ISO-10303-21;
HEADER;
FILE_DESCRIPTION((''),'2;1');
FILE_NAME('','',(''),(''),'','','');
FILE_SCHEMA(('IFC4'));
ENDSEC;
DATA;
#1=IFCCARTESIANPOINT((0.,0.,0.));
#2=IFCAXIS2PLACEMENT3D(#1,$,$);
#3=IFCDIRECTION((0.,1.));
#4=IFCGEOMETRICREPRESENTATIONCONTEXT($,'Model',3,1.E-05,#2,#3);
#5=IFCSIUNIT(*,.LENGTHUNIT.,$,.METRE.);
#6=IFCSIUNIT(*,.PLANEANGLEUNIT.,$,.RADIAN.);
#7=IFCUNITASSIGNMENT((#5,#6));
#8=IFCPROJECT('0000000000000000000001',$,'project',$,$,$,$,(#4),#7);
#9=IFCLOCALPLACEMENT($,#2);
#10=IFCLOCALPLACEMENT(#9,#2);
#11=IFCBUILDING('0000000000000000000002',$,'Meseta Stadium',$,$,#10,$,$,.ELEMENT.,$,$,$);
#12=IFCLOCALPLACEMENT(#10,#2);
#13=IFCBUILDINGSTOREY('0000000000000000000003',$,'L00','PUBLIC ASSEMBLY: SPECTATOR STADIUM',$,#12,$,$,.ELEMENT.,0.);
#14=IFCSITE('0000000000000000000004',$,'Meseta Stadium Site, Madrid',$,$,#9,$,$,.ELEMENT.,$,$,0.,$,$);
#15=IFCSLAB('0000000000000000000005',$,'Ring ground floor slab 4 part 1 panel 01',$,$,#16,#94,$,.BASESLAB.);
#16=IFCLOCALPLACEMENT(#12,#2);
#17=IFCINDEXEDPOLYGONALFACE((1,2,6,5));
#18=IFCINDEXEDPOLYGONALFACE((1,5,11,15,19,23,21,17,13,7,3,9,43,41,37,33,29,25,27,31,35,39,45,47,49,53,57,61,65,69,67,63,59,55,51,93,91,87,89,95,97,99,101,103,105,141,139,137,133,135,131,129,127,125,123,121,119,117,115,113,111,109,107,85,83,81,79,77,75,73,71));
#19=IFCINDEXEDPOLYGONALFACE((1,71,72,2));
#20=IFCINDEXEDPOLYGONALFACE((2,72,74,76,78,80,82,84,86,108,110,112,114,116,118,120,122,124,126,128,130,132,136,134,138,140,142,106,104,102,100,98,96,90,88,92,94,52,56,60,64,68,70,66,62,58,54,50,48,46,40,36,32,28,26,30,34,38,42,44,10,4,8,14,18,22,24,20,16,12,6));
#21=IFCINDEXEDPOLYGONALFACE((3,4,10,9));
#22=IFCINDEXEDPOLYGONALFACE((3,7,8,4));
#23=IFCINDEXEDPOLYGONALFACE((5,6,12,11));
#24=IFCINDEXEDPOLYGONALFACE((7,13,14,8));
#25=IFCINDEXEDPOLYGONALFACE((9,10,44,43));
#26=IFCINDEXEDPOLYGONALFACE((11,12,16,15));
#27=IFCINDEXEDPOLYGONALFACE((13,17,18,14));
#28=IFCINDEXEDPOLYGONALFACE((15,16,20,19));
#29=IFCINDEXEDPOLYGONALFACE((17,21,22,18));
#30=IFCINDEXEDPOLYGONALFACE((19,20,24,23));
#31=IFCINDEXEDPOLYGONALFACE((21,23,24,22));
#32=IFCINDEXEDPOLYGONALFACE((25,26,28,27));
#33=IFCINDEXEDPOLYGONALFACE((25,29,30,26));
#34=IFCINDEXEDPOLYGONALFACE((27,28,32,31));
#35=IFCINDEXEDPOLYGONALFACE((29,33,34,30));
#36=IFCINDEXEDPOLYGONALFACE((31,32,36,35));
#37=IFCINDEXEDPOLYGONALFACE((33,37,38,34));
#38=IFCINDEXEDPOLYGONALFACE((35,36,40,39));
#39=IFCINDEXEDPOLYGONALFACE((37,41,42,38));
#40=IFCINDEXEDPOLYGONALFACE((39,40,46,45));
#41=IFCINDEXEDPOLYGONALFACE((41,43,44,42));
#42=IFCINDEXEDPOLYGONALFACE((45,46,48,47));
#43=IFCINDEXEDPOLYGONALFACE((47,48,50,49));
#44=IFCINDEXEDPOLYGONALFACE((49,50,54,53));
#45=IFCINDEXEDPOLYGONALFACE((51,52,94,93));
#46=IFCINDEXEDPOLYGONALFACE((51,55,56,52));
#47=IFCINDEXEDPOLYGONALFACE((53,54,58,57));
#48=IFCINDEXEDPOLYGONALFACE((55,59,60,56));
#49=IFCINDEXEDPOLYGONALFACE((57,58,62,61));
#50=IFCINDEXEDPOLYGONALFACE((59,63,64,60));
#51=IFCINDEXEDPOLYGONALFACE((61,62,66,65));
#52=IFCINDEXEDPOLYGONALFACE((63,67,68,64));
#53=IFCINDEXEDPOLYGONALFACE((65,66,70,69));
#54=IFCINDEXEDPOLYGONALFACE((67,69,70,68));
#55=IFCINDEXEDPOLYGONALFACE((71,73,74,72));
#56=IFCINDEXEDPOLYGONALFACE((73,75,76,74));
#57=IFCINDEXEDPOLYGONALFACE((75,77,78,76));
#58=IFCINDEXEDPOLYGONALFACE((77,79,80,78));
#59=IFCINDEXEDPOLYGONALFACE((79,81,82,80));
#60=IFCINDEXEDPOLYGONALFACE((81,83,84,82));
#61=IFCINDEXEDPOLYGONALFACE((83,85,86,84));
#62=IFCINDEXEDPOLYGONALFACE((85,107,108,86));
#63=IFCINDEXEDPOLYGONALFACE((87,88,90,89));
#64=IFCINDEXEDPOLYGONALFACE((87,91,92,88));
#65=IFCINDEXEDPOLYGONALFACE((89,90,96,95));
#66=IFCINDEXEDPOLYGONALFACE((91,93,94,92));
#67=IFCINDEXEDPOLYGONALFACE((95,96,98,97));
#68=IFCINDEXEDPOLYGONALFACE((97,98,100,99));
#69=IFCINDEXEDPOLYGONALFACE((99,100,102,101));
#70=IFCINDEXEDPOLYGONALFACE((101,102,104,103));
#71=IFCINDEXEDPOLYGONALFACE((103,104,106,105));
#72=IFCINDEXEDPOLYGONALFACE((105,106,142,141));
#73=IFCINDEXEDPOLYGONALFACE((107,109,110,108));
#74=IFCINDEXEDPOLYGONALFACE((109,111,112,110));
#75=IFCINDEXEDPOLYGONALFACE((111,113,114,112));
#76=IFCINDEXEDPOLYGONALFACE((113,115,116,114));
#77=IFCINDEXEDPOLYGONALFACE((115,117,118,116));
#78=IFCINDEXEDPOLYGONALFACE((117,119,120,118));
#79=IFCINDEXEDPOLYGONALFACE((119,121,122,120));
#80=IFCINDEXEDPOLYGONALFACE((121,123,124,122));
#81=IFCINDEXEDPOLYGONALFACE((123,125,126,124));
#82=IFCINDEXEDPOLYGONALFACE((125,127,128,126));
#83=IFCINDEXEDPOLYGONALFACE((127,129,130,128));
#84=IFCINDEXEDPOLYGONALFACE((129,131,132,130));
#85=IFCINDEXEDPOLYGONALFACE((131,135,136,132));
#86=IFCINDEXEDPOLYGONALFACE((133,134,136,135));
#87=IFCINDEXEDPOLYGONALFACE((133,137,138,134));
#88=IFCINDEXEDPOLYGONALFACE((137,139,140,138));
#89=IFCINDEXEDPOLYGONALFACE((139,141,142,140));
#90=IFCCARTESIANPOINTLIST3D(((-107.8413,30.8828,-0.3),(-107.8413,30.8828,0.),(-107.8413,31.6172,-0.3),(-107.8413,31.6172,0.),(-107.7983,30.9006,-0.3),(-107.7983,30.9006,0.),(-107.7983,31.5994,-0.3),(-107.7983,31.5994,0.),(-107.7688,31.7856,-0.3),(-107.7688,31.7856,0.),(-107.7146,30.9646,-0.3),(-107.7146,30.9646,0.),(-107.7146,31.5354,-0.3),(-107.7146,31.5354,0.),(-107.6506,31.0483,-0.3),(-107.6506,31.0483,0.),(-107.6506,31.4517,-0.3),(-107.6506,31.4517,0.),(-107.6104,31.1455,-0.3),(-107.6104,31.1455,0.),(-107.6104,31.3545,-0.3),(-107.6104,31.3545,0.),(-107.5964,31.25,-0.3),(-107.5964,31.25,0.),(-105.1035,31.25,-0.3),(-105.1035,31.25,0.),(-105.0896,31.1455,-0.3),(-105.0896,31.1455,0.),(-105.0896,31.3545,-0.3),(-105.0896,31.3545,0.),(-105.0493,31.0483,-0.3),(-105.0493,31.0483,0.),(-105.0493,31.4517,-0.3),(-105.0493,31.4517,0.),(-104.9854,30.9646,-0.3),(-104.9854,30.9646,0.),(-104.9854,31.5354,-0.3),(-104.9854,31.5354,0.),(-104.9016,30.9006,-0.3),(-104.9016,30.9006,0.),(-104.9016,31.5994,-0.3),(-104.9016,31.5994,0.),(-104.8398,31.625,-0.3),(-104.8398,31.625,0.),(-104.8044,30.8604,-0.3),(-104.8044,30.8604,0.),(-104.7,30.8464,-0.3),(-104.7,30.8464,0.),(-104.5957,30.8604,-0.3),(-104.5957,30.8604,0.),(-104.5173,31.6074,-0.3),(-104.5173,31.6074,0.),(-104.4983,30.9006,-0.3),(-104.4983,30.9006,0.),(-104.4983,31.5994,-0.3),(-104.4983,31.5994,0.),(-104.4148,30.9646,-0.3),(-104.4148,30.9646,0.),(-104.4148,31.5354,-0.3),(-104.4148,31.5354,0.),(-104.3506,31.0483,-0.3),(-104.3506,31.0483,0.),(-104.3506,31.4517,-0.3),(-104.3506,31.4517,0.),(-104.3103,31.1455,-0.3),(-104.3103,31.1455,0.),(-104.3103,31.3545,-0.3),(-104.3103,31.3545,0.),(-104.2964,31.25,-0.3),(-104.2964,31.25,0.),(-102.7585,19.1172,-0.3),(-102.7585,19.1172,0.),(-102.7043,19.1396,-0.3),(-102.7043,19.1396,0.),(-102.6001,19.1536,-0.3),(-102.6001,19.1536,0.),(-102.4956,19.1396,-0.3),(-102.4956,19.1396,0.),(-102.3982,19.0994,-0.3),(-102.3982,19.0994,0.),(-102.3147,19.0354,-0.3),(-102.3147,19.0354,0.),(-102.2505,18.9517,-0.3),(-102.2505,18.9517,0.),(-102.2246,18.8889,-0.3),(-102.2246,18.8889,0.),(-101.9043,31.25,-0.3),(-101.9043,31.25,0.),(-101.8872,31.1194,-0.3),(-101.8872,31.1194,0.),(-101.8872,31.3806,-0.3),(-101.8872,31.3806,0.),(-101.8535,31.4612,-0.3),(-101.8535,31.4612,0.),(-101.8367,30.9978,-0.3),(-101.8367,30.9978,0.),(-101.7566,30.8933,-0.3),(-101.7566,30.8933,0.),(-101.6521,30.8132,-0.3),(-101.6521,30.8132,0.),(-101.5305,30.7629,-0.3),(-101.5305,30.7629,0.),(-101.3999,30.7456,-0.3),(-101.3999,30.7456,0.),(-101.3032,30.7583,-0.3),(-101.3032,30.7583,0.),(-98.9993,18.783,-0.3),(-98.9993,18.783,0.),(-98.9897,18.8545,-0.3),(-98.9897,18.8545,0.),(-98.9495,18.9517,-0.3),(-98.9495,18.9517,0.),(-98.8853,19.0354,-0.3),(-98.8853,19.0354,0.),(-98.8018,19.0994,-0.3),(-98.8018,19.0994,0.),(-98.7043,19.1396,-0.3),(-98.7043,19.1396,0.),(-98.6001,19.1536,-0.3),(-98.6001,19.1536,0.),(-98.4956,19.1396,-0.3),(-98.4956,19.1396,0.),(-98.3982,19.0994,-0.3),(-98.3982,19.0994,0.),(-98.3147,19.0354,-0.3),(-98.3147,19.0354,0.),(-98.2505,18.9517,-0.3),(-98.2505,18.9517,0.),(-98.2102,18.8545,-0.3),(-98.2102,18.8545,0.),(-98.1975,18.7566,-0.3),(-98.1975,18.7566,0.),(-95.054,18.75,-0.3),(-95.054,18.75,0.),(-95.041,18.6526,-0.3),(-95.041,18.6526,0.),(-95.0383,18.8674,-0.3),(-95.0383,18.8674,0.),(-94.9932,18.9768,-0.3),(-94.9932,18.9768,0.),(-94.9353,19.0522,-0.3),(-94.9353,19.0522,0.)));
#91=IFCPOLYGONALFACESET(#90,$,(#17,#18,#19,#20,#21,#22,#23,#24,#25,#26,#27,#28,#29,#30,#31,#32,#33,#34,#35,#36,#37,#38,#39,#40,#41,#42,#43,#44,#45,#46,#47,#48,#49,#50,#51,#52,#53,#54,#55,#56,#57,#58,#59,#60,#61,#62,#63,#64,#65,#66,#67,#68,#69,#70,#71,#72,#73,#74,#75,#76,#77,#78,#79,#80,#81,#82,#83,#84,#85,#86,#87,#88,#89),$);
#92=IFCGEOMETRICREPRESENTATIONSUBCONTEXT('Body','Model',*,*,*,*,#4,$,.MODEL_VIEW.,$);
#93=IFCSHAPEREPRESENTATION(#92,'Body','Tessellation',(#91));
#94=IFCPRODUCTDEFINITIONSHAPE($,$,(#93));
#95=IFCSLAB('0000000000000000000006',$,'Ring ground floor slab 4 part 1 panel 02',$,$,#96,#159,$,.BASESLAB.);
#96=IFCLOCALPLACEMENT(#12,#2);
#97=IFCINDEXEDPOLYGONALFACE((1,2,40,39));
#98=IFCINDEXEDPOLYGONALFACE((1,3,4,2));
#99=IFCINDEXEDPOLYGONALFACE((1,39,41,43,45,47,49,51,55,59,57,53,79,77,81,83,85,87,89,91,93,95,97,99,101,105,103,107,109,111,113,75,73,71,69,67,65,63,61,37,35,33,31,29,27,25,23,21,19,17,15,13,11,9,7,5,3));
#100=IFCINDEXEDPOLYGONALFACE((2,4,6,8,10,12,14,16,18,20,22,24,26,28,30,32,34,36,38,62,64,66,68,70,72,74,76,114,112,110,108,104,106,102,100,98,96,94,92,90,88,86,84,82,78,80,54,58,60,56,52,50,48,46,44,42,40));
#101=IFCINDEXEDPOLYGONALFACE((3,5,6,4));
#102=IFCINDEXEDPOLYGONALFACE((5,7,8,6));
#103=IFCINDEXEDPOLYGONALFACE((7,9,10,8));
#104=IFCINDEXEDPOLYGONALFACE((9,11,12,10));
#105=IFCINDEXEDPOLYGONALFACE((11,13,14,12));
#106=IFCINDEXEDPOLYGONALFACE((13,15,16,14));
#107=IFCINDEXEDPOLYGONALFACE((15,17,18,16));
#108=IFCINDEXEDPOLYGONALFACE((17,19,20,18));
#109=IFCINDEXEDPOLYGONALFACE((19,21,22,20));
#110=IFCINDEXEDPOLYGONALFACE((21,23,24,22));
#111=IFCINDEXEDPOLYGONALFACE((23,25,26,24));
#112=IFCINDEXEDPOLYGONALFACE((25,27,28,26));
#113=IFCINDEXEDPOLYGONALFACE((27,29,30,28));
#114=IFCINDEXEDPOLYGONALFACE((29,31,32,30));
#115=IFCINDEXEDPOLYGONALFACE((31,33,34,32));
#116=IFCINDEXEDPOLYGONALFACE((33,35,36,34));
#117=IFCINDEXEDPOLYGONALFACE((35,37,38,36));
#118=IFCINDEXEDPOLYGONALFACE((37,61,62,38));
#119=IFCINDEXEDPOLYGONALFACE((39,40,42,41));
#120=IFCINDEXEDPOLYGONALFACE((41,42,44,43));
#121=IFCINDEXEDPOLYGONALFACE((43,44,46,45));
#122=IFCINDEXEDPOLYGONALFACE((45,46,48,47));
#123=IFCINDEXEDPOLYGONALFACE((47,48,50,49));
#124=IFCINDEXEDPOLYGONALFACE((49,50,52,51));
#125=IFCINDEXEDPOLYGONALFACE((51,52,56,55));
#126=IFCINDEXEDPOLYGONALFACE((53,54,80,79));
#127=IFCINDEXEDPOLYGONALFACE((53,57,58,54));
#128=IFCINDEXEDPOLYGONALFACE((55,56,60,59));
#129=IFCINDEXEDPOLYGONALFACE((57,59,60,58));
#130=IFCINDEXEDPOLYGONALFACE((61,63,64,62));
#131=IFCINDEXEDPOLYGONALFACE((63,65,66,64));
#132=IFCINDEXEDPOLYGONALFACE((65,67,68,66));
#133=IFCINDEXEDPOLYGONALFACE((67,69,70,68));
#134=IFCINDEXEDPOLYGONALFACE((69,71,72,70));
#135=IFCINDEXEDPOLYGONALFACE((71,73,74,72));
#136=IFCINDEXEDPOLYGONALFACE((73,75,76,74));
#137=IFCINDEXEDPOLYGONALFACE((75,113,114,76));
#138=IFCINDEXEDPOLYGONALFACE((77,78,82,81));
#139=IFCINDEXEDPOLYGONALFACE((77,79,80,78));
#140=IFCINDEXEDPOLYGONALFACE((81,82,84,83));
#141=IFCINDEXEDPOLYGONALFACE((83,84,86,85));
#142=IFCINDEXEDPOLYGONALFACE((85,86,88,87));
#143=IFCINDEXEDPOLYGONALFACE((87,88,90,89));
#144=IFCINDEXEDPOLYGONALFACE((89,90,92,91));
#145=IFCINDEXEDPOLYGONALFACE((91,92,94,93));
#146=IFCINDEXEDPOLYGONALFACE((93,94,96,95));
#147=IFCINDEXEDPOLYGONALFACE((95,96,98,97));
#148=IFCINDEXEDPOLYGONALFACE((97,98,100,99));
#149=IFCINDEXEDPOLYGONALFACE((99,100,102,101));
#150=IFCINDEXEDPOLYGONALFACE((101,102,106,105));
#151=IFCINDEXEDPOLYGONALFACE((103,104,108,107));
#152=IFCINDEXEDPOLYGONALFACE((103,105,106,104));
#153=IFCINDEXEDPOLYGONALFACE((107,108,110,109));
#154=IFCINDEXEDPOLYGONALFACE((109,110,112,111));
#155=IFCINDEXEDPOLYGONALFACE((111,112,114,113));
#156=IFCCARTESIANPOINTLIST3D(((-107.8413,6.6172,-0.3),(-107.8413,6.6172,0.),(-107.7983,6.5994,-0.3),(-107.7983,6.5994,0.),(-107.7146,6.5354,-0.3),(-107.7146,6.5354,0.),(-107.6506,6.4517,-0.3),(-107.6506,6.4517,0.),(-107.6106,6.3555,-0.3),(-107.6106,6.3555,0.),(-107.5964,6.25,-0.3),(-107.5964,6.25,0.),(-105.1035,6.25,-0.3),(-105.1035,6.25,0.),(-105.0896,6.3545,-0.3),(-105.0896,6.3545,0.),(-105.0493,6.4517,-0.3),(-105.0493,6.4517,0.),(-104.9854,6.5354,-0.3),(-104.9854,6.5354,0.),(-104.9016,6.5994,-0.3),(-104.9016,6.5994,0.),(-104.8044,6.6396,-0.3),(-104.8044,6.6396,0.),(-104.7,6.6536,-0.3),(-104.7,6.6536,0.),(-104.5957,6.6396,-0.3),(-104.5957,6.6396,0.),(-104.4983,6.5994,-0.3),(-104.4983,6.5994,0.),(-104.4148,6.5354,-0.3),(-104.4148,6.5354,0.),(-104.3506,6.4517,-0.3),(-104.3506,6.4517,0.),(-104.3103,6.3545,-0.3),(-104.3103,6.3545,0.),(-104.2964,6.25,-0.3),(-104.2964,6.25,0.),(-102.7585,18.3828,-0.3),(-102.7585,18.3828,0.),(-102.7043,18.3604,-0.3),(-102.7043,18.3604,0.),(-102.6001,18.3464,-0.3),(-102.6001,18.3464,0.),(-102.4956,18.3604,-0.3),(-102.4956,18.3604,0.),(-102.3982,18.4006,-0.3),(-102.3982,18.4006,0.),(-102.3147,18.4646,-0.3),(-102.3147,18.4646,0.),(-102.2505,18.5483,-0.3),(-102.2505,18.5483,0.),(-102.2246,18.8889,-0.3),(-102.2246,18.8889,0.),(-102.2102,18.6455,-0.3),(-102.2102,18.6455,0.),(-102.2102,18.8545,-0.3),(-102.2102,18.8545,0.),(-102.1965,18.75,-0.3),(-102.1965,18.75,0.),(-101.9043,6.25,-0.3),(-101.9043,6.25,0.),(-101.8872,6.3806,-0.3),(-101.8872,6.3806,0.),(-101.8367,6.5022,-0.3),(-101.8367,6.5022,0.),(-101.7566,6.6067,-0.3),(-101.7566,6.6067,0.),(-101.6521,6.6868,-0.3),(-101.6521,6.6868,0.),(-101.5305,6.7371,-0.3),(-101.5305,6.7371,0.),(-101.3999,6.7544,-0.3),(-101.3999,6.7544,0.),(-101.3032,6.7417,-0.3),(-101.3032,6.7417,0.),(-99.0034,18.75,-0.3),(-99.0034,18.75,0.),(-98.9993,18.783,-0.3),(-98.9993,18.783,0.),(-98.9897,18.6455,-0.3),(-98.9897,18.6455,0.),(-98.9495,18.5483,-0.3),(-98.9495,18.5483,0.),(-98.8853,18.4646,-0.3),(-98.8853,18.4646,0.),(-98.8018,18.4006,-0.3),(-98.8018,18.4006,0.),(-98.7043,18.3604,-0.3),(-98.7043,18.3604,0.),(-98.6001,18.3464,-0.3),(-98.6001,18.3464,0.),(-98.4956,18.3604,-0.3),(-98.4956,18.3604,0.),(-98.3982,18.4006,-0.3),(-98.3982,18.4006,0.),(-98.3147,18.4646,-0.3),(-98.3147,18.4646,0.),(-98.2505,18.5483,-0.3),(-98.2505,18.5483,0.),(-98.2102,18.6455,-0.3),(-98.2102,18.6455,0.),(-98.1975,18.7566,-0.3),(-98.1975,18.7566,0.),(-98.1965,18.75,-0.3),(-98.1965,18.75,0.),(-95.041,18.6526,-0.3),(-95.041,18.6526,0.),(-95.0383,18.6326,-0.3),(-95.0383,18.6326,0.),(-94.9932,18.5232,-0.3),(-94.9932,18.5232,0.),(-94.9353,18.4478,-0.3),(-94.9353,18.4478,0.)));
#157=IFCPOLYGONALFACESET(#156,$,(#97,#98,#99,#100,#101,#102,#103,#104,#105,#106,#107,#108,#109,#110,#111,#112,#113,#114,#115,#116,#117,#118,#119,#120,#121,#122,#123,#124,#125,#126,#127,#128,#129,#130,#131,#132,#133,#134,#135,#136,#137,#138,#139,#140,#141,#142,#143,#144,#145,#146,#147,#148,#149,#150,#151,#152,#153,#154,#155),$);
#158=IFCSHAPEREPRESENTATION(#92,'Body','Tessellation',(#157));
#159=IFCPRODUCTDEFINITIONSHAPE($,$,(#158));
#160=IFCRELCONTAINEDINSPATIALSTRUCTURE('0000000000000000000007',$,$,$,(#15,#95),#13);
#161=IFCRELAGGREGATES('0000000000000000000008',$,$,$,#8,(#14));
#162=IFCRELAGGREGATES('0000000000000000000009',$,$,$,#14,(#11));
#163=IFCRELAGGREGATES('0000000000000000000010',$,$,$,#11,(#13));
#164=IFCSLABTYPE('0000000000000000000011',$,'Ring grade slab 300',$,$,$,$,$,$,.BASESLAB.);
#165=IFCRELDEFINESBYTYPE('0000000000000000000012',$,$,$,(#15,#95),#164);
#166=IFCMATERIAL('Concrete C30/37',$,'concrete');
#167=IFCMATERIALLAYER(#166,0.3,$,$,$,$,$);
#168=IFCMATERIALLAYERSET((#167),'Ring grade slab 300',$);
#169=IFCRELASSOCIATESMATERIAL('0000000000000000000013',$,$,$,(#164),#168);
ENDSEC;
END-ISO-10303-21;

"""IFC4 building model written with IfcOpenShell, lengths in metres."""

from ifc_helpers import new_model, si_unit, direction, frame, origin, place, context, subcontext, project, spatial, polyline, outline, extrude, material, layer, layer_set, type_object, element, save


model = new_model("IFC4")

# Units and contexts
model_context = context("Model", 3, precision=1e-05, world=origin(), true_north=direction((0.0, 1.0)))
body_context = subcontext(model_context, "Body", "Model", "MODEL_VIEW")
ifc_project = project(units=[si_unit("LENGTHUNIT", "METRE"), si_unit("PLANEANGLEUNIT", "RADIAN")], contexts=[model_context])

# Site, building, storey
site_placement = place(None, origin())
site = spatial("IfcSite", under=ifc_project, at=site_placement, Name="Meseta Stadium Site, Madrid", CompositionType="ELEMENT", RefElevation=0.0)
building_placement = place(site_placement, origin())
building = spatial("IfcBuilding", under=site, at=building_placement, Name="Meseta Stadium", CompositionType="ELEMENT")
storey_placement = place(building_placement, origin())
storey = spatial("IfcBuildingStorey", under=building, at=storey_placement, Name="L00", Description="PUBLIC ASSEMBLY: SPECTATOR STADIUM", CompositionType="ELEMENT", Elevation=0.0)

# Slabs
ifc_material_1 = material(Name="Concrete C30/37", Category="concrete")
ifc_layer_1 = layer(ifc_material_1, 0.3)
ifc_layer_set_1 = layer_set([ifc_layer_1], Name="Ring grade slab 300")
slab_type_1 = type_object("IfcSlabType", Name="Ring grade slab 300", PredefinedType="BASESLAB", material=ifc_layer_set_1)
slab_1_placement = place(storey_placement, frame((0.0, 0.0, -0.3)))
element("IfcSlab", 1, at=slab_1_placement, inside=storey, type_object=slab_type_1, Name="Ring ground floor slab 4 part 1 panel 01", PredefinedType="BASESLAB", context=body_context, shape_type="SweptSolid", body=[
    extrude(outline(polyline([(-102.3147, 19.0354), (-102.2505, 18.9517), (-102.2246, 18.8889), (-98.9993, 18.783), (-98.9897, 18.8545), (-98.9495, 18.9517), (-98.8853, 19.0354), (-98.8018, 19.0994), (-98.7043, 19.1396), (-98.6001, 19.1536), (-98.4956, 19.1396), (-98.3982, 19.0994), (-98.3147, 19.0354), (-98.2505, 18.9517), (-98.2102, 18.8545), (-98.1975, 18.7566), (-95.041, 18.6526), (-95.054, 18.75), (-95.0383, 18.8674), (-94.9932, 18.9768), (-94.9353, 19.0522), (-101.3032, 30.7583), (-101.3999, 30.7456), (-101.5305, 30.7629), (-101.6521, 30.8132), (-101.7566, 30.8933), (-101.8367, 30.9978), (-101.8872, 31.1194), (-101.9043, 31.25), (-101.8872, 31.3806), (-101.8535, 31.4612), (-104.5173, 31.6074), (-104.4983, 31.5994), (-104.4148, 31.5354), (-104.3506, 31.4517), (-104.3103, 31.3545), (-104.2964, 31.25), (-104.3103, 31.1455), (-104.3506, 31.0483), (-104.4148, 30.9646), (-104.4983, 30.9006), (-104.5957, 30.8604), (-104.7, 30.8464), (-104.8044, 30.8604), (-104.9016, 30.9006), (-104.9854, 30.9646), (-105.0493, 31.0483), (-105.0896, 31.1455), (-105.1035, 31.25), (-105.0896, 31.3545), (-105.0493, 31.4517), (-104.9854, 31.5354), (-104.9016, 31.5994), (-104.8398, 31.625), (-107.7688, 31.7856), (-107.8413, 31.6172), (-107.7983, 31.5994), (-107.7146, 31.5354), (-107.6506, 31.4517), (-107.6104, 31.3545), (-107.5964, 31.25), (-107.6104, 31.1455), (-107.6506, 31.0483), (-107.7146, 30.9646), (-107.7983, 30.9006), (-107.8413, 30.8828), (-102.7585, 19.1172), (-102.7043, 19.1396), (-102.6001, 19.1536), (-102.4956, 19.1396), (-102.3982, 19.0994), (-102.3147, 19.0354)])), origin(), (0.0, 0.0, 1.0), 0.3),
])
slab_2_placement = place(storey_placement, frame((0.0, 0.0, -0.3)))
element("IfcSlab", 2, at=slab_2_placement, inside=storey, type_object=slab_type_1, Name="Ring ground floor slab 4 part 1 panel 02", PredefinedType="BASESLAB", context=body_context, shape_type="SweptSolid", body=[
    extrude(outline(polyline([(-107.7983, 6.5994), (-107.7146, 6.5354), (-107.6506, 6.4517), (-107.6106, 6.3555), (-107.5964, 6.25), (-105.1035, 6.25), (-105.0896, 6.3545), (-105.0493, 6.4517), (-104.9854, 6.5354), (-104.9016, 6.5994), (-104.8044, 6.6396), (-104.7, 6.6536), (-104.5957, 6.6396), (-104.4983, 6.5994), (-104.4148, 6.5354), (-104.3506, 6.4517), (-104.3103, 6.3545), (-104.2964, 6.25), (-101.9043, 6.25), (-101.8872, 6.3806), (-101.8367, 6.5022), (-101.7566, 6.6067), (-101.6521, 6.6868), (-101.5305, 6.7371), (-101.3999, 6.7544), (-101.3032, 6.7417), (-94.9353, 18.4478), (-94.9932, 18.5232), (-95.0383, 18.6326), (-95.041, 18.6526), (-98.1975, 18.7566), (-98.1965, 18.75), (-98.2102, 18.6455), (-98.2505, 18.5483), (-98.3147, 18.4646), (-98.3982, 18.4006), (-98.4956, 18.3604), (-98.6001, 18.3464), (-98.7043, 18.3604), (-98.8018, 18.4006), (-98.8853, 18.4646), (-98.9495, 18.5483), (-98.9897, 18.6455), (-99.0034, 18.75), (-98.9993, 18.783), (-102.2246, 18.8889), (-102.2102, 18.8545), (-102.1965, 18.75), (-102.2102, 18.6455), (-102.2505, 18.5483), (-102.3147, 18.4646), (-102.3982, 18.4006), (-102.4956, 18.3604), (-102.6001, 18.3464), (-102.7043, 18.3604), (-102.7585, 18.3828), (-107.8413, 6.6172), (-107.7983, 6.5994)])), origin(), (0.0, 0.0, 1.0), 0.3),
])

save(model, "model.ifc")
